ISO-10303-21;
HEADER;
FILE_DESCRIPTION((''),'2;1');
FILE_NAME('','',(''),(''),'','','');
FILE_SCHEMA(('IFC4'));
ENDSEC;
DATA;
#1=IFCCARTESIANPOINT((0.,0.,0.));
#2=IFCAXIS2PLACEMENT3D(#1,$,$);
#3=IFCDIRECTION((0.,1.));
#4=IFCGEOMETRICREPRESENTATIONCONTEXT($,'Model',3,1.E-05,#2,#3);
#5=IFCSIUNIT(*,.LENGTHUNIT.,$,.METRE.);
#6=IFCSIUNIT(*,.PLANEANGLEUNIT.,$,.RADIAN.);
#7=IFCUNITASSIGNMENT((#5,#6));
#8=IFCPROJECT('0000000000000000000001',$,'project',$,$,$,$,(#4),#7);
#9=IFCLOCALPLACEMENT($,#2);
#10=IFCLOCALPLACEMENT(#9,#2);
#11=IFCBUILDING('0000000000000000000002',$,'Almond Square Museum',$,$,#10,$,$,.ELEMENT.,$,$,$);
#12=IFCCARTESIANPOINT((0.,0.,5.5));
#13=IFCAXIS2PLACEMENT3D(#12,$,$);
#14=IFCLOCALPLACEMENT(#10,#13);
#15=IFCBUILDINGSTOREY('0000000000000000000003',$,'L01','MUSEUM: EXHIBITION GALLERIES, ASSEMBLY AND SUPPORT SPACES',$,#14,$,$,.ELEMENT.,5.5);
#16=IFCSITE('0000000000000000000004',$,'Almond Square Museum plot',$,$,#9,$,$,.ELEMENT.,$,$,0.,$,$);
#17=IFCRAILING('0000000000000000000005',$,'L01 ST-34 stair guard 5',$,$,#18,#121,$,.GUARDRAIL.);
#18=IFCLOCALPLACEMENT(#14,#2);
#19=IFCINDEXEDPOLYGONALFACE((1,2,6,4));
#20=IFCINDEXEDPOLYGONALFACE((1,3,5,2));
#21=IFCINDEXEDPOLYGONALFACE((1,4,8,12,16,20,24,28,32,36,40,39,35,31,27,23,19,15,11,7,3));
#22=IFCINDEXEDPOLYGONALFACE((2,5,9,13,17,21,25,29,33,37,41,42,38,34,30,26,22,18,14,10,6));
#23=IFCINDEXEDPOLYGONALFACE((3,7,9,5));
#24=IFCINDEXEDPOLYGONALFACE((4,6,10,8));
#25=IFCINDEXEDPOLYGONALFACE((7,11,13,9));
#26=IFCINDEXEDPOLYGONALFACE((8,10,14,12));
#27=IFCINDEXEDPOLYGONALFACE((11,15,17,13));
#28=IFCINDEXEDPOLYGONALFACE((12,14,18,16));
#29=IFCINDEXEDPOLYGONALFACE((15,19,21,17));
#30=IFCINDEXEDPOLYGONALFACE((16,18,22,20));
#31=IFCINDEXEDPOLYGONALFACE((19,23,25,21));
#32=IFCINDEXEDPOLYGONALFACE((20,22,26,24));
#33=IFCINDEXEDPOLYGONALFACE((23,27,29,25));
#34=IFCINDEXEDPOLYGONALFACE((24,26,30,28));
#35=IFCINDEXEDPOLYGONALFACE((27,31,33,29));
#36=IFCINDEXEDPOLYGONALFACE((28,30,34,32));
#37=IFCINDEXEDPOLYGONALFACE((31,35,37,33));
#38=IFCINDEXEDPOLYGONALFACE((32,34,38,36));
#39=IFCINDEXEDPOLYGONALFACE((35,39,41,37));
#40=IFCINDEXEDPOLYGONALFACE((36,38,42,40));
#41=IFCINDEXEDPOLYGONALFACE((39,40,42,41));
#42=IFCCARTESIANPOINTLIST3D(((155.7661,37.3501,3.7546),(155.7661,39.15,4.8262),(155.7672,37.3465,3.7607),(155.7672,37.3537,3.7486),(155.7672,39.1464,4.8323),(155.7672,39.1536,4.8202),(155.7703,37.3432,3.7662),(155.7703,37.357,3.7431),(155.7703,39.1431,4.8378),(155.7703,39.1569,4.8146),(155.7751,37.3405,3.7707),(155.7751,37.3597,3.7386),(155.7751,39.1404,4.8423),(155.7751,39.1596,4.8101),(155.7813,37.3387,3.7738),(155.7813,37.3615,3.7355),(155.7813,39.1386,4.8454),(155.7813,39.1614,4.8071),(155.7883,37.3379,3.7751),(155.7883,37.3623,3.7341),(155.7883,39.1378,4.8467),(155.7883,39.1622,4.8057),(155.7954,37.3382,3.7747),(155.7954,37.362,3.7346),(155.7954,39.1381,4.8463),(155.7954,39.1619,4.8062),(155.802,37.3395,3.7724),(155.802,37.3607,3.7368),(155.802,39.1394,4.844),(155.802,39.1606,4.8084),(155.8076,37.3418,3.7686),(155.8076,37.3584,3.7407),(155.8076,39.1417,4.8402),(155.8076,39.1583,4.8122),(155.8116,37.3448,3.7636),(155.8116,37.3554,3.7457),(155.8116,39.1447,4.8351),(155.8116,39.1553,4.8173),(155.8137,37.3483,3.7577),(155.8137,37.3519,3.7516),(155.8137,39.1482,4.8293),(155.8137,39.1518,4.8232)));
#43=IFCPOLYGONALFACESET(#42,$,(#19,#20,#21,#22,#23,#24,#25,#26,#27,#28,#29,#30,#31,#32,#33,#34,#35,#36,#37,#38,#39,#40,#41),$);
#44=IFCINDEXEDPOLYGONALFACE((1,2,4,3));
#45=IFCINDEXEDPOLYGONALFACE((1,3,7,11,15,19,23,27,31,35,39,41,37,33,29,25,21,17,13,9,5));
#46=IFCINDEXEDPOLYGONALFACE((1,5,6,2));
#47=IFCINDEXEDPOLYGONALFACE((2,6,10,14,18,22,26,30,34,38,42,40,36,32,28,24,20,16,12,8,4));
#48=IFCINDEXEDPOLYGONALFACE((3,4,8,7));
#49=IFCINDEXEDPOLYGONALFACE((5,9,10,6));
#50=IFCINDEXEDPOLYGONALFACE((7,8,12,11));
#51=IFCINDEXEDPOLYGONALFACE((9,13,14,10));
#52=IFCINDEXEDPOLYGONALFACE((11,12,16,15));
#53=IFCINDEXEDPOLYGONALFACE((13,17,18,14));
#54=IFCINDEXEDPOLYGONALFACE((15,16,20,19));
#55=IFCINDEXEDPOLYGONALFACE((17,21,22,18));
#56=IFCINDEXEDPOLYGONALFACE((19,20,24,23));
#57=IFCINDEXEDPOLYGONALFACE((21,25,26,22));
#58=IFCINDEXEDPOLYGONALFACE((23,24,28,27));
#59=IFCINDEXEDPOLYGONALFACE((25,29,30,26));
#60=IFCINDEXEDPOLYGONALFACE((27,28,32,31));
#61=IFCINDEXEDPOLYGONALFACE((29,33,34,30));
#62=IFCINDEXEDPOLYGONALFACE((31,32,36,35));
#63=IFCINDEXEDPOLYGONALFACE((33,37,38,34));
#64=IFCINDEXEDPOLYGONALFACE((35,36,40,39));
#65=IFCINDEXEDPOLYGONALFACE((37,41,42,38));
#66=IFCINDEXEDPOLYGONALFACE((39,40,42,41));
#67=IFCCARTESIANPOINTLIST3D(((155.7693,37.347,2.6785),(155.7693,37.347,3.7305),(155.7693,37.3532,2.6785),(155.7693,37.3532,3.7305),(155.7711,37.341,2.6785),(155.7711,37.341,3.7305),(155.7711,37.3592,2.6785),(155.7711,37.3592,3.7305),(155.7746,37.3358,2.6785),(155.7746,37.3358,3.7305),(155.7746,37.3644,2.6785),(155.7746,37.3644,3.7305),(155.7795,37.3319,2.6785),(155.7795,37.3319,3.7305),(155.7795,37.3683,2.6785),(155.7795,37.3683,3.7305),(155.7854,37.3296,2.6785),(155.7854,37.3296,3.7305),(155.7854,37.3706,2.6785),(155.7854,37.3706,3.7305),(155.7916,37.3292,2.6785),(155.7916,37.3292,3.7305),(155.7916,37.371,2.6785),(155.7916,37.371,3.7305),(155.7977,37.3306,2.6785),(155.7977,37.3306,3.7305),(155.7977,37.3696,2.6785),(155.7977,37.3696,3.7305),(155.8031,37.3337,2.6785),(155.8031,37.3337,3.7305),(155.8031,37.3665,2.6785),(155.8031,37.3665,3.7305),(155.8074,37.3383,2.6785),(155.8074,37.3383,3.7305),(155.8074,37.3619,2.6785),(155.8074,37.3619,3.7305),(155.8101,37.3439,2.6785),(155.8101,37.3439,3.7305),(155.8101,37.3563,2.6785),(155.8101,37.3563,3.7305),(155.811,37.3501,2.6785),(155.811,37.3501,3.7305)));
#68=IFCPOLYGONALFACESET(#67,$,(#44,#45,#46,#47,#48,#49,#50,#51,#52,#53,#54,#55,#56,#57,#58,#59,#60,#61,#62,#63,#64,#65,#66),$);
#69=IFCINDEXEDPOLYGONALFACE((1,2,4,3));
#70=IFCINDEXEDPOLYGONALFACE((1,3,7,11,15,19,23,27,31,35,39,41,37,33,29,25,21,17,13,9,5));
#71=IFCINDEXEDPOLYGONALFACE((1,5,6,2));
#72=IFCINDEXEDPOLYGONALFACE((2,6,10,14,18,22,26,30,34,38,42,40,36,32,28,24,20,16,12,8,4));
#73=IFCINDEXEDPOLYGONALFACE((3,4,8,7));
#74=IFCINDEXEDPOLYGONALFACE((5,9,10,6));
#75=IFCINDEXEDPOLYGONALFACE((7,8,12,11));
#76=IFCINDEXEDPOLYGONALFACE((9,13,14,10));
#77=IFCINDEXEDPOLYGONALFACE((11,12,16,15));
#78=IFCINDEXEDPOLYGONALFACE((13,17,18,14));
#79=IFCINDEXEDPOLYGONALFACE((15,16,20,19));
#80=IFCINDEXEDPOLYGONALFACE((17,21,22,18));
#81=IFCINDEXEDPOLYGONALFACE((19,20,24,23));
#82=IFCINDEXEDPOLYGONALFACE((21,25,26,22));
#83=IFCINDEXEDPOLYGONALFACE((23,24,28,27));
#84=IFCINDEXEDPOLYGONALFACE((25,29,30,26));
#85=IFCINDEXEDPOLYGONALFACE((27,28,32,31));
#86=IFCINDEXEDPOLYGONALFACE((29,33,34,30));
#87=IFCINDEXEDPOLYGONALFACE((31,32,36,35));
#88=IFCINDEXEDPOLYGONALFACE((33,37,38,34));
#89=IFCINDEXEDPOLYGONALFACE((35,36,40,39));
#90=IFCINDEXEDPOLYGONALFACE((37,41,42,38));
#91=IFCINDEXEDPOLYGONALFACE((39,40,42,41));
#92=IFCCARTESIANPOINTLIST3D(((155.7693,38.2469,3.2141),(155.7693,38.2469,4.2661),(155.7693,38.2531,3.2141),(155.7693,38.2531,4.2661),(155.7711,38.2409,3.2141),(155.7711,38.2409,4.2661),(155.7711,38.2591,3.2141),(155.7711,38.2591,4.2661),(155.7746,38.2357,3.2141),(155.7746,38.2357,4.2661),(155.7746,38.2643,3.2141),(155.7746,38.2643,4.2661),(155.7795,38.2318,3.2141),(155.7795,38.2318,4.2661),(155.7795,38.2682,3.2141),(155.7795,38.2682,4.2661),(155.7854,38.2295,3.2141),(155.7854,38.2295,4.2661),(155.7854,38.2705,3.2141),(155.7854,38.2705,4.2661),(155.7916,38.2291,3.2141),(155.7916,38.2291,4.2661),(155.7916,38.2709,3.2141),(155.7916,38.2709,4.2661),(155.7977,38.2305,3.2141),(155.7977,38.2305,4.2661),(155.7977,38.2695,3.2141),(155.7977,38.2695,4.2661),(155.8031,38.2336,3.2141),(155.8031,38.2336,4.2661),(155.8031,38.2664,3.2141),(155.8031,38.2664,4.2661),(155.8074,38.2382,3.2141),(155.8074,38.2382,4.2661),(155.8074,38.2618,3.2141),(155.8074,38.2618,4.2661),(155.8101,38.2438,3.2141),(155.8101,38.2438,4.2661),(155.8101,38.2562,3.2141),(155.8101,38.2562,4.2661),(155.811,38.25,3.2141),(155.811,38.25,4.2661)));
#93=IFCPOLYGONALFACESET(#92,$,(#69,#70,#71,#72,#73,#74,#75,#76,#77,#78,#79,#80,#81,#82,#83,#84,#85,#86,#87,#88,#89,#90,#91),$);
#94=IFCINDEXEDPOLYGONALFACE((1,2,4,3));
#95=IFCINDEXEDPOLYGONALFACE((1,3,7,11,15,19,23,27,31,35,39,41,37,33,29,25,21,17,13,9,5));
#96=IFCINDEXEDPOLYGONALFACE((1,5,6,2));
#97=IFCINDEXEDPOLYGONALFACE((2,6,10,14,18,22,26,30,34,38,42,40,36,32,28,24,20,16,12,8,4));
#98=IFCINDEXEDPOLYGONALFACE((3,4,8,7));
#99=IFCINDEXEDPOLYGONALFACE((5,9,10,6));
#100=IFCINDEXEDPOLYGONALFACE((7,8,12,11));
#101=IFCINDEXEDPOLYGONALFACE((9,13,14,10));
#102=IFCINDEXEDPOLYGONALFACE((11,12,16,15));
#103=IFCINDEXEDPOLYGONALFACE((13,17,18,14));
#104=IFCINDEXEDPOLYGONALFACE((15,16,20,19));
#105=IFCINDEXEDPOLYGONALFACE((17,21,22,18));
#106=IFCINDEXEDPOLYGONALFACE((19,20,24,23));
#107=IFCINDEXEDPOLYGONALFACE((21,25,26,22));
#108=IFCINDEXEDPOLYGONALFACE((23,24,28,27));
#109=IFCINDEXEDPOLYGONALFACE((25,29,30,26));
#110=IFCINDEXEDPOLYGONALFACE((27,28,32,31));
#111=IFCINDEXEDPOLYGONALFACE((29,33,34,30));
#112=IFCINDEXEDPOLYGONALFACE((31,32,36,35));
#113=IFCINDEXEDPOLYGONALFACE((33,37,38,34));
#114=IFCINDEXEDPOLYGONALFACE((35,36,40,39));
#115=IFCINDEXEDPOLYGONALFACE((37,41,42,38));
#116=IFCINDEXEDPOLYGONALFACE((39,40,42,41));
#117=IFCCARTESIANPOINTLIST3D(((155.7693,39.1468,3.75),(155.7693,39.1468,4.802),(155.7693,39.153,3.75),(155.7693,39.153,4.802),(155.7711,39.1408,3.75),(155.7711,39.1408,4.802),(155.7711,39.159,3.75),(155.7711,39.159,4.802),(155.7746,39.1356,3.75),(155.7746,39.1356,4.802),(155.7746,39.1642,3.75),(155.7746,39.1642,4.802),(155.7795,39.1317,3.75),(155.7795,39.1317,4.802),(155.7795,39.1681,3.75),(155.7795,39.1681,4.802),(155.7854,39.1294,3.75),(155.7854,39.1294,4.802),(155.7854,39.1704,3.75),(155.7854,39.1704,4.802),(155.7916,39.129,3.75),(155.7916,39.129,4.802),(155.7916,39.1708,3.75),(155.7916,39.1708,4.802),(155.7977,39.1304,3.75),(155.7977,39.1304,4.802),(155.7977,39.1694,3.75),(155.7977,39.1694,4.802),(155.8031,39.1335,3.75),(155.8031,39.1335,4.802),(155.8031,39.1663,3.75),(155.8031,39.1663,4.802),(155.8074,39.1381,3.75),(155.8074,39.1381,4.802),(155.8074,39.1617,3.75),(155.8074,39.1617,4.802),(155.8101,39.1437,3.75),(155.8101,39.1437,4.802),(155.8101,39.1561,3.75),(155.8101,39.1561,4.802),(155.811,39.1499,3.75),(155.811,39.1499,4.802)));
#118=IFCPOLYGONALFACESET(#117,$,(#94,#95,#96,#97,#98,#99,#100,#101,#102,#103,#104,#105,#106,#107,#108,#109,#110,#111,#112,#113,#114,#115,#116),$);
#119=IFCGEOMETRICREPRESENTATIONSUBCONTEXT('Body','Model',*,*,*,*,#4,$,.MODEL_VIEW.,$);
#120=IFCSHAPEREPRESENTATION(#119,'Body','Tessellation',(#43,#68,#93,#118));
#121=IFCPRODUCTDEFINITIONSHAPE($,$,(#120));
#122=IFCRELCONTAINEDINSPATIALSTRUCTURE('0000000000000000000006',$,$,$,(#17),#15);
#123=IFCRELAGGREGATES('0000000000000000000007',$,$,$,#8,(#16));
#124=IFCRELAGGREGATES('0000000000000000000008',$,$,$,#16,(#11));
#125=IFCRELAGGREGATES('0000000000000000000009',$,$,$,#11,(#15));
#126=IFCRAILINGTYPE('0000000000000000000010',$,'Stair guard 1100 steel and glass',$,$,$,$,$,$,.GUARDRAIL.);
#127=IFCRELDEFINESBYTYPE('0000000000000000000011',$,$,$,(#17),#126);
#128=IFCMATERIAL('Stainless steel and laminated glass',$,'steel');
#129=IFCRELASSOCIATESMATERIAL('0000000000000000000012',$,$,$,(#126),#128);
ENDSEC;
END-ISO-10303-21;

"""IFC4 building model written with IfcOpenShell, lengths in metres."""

from ifc_helpers import new_model, si_unit, direction, frame, origin, origin_2d, place, context, subcontext, project, spatial, circle, extrude, material, type_object, element, save


model = new_model("IFC4")

# Units and contexts
model_context = context("Model", 3, precision=1e-05, world=origin(), true_north=direction((0.0, 1.0)))
body_context = subcontext(model_context, "Body", "Model", "MODEL_VIEW")
ifc_project = project(units=[si_unit("LENGTHUNIT", "METRE"), si_unit("PLANEANGLEUNIT", "RADIAN")], contexts=[model_context])

# Site, building, storey
site_placement = place(None, origin())
site = spatial("IfcSite", under=ifc_project, at=site_placement, Name="Almond Square Museum plot", CompositionType="ELEMENT", RefElevation=0.0)
building_placement = place(site_placement, origin())
building = spatial("IfcBuilding", under=site, at=building_placement, Name="Almond Square Museum", CompositionType="ELEMENT")
storey_placement = place(building_placement, frame((0.0, 0.0, 5.5)))
storey = spatial("IfcBuildingStorey", under=building, at=storey_placement, Name="L01", Description="MUSEUM: EXHIBITION GALLERIES, ASSEMBLY AND SUPPORT SPACES", CompositionType="ELEMENT", Elevation=5.5)

# Railing
ifc_material_1 = material(Name="Stainless steel and laminated glass", Category="steel")
railing_type_1 = type_object("IfcRailingType", Name="Stair guard 1100 steel and glass", PredefinedType="GUARDRAIL", material=ifc_material_1)
railing_1_placement = place(storey_placement, frame((155.79, 37.3501, 2.6785)))
element("IfcRailing", 1, at=railing_1_placement, inside=storey, type_object=railing_type_1, Name="L01 ST-34 stair guard 5", PredefinedType="GUARDRAIL", context=body_context, shape_type="SweptSolid", body=[
    extrude(circle(Radius=0.0239, at=origin_2d()), frame((0.0, 0.0, 1.0762), z_axis=(0.0, 0.859247, 0.511562), x_axis=(-1.0, 0.0, 0.0)), (0.0, 0.0, 1.0), 2.0947),
    extrude(circle(Radius=0.021, at=origin_2d()), origin(), (0.0, 0.0, 1.0), 1.052),
    extrude(circle(Radius=0.021, at=origin_2d()), frame((0.0, 0.8999, 0.5356)), (0.0, 0.0, 1.0), 1.052),
    extrude(circle(Radius=0.021, at=origin_2d()), frame((0.0, 1.7998, 1.0715)), (0.0, 0.0, 1.0), 1.052),
])

save(model, "model.ifc")
